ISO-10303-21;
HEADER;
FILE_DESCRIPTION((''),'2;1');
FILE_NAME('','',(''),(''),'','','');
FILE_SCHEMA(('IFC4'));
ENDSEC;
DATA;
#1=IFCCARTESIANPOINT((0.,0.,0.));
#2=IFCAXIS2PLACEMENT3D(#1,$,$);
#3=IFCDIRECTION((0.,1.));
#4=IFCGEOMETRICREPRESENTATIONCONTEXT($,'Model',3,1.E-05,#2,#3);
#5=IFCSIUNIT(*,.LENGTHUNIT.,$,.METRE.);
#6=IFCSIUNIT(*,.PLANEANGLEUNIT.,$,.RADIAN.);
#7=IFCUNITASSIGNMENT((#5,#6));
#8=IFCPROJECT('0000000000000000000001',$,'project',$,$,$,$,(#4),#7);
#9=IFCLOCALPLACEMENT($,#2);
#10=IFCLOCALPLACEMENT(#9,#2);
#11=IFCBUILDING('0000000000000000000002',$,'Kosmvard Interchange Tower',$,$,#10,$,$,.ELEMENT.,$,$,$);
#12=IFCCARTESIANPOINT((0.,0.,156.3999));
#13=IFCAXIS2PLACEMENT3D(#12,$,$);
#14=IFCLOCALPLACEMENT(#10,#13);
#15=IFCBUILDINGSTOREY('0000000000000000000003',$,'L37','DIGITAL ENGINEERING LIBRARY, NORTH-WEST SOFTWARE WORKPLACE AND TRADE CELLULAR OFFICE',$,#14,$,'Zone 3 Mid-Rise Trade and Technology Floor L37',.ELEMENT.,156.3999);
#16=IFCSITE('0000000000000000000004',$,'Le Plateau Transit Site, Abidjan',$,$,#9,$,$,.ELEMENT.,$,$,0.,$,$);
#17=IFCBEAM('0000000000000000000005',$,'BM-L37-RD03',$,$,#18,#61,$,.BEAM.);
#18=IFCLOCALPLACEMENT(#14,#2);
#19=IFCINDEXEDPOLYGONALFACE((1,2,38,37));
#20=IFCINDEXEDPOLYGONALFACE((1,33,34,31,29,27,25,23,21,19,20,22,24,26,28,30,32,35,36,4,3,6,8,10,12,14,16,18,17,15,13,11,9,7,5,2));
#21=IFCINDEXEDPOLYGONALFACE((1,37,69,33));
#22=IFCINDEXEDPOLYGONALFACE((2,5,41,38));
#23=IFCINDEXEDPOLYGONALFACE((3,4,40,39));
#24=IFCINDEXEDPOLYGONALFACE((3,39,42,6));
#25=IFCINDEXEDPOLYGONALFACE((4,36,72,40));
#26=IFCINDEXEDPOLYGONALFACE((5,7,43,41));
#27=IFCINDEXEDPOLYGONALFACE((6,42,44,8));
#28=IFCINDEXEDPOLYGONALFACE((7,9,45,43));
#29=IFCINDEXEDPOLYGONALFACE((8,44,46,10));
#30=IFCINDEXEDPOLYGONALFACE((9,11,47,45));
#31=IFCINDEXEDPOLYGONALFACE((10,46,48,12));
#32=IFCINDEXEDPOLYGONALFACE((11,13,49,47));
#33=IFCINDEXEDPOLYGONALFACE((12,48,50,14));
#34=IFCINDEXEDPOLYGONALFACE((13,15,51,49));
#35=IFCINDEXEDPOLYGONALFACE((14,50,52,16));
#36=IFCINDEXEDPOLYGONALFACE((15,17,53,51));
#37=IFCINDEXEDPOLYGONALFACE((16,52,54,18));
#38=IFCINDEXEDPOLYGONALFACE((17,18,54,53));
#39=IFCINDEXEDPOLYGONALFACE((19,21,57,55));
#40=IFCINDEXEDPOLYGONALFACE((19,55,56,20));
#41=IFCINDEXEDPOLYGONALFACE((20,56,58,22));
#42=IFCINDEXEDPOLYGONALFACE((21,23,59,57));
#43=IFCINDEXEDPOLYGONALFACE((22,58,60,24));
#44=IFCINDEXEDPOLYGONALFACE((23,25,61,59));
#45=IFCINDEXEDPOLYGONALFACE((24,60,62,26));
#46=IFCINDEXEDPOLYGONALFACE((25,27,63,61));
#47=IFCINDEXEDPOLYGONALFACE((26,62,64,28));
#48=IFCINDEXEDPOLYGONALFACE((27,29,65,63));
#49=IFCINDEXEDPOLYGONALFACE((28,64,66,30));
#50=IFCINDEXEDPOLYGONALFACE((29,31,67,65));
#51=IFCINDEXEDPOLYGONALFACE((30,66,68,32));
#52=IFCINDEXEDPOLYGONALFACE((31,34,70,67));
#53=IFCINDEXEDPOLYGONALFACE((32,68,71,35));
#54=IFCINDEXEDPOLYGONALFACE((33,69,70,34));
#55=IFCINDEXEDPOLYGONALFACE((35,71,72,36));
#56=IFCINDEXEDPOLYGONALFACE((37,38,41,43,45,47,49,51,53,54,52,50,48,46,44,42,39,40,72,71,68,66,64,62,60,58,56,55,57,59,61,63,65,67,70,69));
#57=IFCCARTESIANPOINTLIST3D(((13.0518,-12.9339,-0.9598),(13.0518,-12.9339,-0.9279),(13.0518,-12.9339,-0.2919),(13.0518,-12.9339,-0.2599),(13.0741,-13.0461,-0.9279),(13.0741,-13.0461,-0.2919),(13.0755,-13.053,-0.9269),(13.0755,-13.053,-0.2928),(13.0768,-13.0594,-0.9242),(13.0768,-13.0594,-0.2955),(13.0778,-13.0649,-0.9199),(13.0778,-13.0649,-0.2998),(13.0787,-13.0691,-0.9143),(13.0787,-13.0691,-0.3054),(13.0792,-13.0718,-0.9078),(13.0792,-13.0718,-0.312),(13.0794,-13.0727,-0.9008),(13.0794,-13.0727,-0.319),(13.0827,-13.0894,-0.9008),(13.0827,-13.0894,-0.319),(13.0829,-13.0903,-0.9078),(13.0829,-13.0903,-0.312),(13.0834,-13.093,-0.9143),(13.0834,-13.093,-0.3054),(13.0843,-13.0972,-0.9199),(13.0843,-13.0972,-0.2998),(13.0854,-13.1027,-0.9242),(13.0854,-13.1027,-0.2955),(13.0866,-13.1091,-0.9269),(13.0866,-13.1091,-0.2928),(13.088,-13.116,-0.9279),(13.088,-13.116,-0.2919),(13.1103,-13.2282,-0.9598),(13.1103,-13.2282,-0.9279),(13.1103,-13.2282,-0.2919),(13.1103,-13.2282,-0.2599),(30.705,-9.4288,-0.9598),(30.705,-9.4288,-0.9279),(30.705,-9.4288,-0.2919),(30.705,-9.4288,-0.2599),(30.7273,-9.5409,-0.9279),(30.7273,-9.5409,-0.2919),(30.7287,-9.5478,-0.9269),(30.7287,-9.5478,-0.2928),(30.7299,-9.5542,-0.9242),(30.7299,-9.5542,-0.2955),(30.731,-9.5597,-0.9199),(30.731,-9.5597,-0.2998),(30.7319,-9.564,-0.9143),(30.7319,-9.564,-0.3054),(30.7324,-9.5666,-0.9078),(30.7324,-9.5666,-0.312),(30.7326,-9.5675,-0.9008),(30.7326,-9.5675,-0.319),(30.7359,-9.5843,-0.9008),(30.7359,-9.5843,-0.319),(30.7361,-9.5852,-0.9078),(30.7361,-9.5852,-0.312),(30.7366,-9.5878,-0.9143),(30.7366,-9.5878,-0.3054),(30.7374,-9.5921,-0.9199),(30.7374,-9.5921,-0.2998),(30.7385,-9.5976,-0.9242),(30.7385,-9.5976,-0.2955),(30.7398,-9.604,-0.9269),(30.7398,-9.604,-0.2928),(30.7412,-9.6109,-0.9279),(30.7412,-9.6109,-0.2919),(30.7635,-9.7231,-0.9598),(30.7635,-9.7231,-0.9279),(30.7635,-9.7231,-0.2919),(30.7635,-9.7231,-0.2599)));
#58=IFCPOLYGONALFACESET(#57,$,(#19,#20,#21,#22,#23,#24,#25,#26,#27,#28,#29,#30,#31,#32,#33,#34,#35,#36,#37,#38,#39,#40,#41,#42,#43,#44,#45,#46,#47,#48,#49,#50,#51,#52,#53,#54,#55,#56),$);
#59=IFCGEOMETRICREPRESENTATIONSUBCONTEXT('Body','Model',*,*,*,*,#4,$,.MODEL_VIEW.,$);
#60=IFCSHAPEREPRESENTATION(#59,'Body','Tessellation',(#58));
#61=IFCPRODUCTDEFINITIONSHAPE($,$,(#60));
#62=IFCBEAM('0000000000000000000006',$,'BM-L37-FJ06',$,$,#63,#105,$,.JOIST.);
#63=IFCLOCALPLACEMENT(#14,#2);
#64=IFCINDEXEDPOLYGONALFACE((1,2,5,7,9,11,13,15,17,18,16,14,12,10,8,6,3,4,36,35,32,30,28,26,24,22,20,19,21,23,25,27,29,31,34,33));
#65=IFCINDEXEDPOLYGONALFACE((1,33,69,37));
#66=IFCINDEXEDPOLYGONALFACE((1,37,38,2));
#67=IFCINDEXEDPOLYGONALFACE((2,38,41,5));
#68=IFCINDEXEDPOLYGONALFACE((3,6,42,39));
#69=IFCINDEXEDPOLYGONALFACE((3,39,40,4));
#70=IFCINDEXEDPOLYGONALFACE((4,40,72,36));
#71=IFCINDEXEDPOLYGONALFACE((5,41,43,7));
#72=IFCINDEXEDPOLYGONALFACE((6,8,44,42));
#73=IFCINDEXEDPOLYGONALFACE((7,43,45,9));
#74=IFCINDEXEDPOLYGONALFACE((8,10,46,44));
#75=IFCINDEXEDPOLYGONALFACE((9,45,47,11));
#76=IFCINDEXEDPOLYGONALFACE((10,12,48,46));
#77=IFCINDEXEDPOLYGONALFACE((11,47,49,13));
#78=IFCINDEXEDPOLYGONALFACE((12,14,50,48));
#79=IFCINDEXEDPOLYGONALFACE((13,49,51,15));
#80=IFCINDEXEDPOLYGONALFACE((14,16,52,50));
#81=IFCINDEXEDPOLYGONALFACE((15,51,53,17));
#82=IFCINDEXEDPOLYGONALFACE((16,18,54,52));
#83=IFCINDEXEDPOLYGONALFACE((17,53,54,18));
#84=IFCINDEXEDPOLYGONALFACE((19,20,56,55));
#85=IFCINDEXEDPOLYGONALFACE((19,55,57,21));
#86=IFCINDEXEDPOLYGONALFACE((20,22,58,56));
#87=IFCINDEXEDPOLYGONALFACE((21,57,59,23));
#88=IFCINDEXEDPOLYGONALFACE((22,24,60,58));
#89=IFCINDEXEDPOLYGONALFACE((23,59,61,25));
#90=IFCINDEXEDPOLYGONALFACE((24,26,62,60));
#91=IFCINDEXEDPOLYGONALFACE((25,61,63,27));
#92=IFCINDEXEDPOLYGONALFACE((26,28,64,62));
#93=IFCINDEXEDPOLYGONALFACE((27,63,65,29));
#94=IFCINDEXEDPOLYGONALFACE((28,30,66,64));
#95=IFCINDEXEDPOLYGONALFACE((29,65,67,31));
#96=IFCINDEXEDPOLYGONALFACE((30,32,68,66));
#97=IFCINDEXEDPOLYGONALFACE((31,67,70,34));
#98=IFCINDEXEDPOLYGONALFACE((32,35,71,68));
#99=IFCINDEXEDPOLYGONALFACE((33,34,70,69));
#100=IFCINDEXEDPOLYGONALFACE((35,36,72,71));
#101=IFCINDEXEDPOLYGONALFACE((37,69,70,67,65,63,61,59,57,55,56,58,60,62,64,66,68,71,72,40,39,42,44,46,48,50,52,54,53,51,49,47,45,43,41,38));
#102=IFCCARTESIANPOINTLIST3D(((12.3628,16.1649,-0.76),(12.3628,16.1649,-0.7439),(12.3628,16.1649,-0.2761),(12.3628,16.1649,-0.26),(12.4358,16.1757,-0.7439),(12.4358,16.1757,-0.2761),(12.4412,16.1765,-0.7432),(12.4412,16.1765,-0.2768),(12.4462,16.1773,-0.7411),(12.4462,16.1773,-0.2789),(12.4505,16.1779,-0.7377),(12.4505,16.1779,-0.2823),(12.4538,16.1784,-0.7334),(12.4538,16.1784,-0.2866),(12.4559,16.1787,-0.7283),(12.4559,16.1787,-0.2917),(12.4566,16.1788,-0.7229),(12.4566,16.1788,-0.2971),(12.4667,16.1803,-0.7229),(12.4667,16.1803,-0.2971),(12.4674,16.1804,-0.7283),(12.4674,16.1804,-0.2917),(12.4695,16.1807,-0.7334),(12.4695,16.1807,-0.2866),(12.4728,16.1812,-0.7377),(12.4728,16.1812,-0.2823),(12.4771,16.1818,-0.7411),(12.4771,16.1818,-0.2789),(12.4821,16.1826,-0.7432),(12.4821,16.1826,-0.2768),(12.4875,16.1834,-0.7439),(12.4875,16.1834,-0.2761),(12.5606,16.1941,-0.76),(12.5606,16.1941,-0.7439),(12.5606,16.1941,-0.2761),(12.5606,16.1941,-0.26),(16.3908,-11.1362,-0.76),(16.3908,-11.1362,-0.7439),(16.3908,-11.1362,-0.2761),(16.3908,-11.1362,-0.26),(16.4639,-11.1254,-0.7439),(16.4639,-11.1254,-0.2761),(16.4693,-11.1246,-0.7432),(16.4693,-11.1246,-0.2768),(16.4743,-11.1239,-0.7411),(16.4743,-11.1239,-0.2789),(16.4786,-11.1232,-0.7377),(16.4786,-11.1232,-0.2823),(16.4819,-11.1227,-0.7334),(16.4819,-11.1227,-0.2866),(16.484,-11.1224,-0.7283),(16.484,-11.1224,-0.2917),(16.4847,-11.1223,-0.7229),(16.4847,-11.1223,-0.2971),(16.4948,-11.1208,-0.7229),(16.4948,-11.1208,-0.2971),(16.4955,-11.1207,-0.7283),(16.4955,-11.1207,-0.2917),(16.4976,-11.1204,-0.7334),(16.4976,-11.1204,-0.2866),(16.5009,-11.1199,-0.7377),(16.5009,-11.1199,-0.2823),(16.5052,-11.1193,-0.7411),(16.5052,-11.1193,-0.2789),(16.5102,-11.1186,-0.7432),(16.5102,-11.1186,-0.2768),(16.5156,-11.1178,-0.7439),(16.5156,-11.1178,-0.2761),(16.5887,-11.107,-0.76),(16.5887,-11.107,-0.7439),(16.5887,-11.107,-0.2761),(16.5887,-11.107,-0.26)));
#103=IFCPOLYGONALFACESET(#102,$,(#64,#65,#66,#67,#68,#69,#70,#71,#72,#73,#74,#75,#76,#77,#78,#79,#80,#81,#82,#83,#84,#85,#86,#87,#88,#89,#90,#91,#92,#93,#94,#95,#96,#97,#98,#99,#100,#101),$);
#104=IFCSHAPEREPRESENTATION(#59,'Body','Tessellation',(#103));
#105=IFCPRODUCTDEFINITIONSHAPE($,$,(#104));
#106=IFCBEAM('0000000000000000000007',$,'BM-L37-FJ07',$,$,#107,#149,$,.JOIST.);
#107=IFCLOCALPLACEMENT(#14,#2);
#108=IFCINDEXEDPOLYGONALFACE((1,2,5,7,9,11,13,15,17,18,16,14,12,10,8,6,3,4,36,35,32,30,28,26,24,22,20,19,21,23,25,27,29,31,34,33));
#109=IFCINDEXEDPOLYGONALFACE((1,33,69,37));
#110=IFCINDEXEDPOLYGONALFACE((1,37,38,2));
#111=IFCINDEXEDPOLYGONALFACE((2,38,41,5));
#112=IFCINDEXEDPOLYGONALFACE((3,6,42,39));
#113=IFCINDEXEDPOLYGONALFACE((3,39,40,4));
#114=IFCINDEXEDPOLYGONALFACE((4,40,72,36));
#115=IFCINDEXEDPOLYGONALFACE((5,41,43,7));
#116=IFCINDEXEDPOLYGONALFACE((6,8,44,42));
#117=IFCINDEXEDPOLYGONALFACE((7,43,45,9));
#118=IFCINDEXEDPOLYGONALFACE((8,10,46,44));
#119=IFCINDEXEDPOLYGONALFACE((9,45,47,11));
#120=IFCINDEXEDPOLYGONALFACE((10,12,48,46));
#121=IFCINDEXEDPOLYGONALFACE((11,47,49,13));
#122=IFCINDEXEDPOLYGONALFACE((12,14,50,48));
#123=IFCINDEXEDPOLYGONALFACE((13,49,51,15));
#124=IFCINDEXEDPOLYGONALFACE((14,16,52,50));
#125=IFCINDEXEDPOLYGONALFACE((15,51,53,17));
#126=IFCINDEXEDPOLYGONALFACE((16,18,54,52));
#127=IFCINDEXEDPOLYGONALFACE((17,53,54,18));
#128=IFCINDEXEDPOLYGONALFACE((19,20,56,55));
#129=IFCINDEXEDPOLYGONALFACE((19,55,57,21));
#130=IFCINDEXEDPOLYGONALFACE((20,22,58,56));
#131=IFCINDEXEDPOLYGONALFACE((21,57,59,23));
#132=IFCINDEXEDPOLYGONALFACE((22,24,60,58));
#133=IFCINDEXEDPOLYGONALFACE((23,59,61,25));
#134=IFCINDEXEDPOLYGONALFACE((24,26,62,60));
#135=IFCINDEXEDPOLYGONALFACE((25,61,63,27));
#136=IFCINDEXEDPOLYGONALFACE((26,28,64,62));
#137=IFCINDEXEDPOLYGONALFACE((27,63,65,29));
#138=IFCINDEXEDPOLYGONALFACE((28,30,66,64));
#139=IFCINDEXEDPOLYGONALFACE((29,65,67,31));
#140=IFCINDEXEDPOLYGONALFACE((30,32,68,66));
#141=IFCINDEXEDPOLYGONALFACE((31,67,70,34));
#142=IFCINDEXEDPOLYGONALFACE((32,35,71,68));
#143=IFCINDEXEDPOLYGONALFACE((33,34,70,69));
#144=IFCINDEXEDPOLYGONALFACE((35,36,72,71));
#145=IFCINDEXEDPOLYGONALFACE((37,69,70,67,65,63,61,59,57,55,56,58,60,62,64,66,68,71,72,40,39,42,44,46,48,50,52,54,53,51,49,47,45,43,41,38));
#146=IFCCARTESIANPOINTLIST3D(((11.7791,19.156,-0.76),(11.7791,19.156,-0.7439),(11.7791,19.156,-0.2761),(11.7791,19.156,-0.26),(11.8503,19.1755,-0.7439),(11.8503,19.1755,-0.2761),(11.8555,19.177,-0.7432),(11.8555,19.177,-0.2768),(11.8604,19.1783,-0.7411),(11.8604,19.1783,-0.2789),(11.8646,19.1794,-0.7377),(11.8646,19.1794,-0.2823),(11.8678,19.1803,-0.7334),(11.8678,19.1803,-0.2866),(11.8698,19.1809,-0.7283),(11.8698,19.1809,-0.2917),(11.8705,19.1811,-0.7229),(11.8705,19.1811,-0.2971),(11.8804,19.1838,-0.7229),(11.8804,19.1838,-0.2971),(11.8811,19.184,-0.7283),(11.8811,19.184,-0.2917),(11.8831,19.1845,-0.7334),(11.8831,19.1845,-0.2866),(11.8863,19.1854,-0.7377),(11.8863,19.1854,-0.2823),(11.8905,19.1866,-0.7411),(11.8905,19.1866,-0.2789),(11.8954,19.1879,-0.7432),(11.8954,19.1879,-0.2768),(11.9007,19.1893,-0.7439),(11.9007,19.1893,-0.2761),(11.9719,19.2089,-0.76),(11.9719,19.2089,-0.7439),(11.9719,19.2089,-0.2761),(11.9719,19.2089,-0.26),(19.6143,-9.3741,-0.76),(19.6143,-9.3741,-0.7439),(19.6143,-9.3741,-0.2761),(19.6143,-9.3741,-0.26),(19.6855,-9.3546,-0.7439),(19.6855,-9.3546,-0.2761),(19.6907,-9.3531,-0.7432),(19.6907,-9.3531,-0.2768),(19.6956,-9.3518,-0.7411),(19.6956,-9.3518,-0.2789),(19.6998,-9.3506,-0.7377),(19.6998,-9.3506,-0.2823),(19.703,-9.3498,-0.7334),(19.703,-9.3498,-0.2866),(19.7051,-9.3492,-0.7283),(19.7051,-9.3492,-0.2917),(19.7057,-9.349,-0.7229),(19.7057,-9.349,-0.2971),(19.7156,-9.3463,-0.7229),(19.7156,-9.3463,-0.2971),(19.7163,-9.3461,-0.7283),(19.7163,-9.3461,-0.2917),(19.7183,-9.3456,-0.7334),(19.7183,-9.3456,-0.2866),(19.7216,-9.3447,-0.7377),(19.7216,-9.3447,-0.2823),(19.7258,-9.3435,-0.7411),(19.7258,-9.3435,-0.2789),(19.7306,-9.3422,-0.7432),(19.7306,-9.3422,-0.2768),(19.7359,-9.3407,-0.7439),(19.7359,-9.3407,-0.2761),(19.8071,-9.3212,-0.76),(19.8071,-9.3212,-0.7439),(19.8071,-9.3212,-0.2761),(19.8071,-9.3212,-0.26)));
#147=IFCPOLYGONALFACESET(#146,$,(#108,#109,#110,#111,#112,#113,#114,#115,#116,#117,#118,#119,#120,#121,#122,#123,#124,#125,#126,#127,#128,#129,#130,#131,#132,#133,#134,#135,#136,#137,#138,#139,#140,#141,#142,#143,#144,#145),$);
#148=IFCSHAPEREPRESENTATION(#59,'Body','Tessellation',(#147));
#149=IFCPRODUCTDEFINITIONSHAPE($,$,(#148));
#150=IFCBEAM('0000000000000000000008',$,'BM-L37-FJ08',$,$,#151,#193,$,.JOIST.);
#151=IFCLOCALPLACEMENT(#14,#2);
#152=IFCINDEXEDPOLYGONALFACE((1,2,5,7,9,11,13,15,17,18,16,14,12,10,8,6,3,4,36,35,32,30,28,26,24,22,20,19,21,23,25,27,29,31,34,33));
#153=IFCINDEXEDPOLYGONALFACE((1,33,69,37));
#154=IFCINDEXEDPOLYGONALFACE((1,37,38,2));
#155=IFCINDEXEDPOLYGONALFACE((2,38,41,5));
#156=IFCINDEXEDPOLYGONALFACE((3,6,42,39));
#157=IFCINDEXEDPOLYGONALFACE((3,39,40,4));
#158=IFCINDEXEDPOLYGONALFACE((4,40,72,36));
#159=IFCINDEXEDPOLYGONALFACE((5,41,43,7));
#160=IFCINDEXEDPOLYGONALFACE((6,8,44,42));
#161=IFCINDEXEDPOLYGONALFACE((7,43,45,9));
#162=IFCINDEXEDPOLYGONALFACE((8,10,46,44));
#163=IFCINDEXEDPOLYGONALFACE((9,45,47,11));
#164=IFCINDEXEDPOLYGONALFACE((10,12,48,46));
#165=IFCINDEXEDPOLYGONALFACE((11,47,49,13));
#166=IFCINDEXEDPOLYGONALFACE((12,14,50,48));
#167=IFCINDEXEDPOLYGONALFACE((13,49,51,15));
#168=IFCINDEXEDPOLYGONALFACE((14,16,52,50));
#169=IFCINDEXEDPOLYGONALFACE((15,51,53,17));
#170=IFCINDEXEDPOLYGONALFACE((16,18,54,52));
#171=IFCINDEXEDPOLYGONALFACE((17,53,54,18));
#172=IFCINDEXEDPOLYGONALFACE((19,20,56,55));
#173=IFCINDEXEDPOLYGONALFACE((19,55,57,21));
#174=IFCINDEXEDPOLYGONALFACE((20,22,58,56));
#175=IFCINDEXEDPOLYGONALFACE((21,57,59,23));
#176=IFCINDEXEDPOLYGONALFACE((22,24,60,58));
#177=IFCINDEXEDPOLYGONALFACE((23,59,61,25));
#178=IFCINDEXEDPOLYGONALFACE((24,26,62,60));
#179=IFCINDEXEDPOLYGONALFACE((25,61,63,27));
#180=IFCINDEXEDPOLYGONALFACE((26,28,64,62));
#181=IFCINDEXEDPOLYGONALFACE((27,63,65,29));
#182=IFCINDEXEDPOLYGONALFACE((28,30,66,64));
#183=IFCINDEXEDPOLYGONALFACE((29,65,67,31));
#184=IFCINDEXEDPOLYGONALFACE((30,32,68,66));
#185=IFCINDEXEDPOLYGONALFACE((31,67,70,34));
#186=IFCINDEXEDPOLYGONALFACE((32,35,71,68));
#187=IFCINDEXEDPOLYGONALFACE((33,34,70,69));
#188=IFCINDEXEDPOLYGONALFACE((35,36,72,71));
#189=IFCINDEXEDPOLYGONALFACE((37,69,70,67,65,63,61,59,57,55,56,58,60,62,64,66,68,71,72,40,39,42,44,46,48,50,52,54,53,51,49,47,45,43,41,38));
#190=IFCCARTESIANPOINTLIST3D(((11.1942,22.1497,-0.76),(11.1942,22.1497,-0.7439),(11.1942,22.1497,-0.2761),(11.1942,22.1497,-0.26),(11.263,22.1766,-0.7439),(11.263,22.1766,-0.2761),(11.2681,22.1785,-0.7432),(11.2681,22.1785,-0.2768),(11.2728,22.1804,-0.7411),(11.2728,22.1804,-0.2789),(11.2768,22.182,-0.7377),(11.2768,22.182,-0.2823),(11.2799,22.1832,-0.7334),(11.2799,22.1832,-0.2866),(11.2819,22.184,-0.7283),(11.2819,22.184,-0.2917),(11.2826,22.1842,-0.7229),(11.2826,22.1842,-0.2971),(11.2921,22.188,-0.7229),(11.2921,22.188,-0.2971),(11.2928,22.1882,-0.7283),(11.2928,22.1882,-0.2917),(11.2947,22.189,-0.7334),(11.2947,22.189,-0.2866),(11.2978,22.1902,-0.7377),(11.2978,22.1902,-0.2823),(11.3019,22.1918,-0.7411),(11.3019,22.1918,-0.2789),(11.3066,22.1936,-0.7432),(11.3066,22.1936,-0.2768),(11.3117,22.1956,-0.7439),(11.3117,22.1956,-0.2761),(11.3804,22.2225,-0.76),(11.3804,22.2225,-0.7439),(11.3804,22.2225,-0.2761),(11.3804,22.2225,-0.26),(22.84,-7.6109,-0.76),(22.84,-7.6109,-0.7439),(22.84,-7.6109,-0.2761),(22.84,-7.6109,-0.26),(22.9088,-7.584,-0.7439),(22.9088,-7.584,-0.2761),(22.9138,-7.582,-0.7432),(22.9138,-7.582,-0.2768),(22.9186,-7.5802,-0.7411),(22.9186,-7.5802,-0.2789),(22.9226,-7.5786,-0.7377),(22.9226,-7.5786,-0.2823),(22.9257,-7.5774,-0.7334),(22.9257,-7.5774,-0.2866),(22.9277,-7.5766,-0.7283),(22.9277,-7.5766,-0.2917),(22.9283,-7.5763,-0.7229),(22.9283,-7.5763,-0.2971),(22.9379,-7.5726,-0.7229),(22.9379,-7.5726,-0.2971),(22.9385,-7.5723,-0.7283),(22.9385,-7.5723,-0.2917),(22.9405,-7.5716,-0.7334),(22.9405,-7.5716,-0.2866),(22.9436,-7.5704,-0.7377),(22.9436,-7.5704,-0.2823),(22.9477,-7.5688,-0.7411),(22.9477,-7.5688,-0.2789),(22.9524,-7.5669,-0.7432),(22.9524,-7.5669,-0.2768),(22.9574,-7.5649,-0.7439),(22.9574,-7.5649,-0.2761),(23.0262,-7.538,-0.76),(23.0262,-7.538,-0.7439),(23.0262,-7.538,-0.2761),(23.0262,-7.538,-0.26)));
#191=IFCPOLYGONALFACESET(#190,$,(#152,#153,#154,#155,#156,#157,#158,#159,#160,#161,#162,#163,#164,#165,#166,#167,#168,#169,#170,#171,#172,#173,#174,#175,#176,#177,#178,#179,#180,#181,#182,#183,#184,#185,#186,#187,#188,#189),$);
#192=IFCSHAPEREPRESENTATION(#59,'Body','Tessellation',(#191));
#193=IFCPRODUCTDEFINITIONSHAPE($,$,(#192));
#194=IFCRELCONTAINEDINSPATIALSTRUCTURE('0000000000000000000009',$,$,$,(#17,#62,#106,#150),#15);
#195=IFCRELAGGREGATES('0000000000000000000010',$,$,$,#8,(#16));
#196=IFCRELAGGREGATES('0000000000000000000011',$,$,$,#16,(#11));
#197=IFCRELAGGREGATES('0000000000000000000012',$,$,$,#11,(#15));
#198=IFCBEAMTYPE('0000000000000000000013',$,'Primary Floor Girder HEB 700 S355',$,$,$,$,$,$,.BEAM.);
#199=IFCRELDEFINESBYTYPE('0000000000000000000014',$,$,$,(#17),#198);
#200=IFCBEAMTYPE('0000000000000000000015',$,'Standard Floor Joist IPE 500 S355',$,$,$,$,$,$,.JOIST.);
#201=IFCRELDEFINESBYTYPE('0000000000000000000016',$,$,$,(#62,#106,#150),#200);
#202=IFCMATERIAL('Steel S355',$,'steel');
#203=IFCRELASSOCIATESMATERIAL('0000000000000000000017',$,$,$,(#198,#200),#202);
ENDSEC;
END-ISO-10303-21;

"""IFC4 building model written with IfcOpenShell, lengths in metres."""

from ifc_helpers import new_model, si_unit, direction, frame, origin, origin_2d, place, context, subcontext, project, spatial, i_section, extrude, source, transform, mapped, material, material_profile, profile_set, type_object, element, save


model = new_model("IFC4")

# Units and contexts
model_context = context("Model", 3, precision=1e-05, world=origin(), true_north=direction((0.0, 1.0)))
body_context = subcontext(model_context, "Body", "Model", "MODEL_VIEW")
ifc_project = project(units=[si_unit("LENGTHUNIT", "METRE"), si_unit("PLANEANGLEUNIT", "RADIAN")], contexts=[model_context])

# Site, building, storey
site_placement = place(None, origin())
site = spatial("IfcSite", under=ifc_project, at=site_placement, Name="Le Plateau Transit Site, Abidjan", CompositionType="ELEMENT", RefElevation=0.0)
building_placement = place(site_placement, origin())
building = spatial("IfcBuilding", under=site, at=building_placement, Name="Kosmvard Interchange Tower", CompositionType="ELEMENT")
storey_placement = place(building_placement, frame((0.0, 0.0, 156.3999)))
storey = spatial("IfcBuildingStorey", under=building, at=storey_placement, Name="L37", Description="DIGITAL ENGINEERING LIBRARY, NORTH-WEST SOFTWARE WORKPLACE AND TRADE CELLULAR OFFICE", LongName="Zone 3 Mid-Rise Trade and Technology Floor L37", CompositionType="ELEMENT", Elevation=156.3999)

# Beams
ifc_material_1 = material(Name="Steel S355", Category="steel")
ifc_material_profile_1 = material_profile(ifc_material_1, i_section(OverallWidth=0.3, OverallDepth=0.7, WebThickness=0.0171, FlangeThickness=0.032, FilletRadius=0.0271, at=origin_2d()), Name="HEB 700")
ifc_profile_set_1 = profile_set([ifc_material_profile_1], Name="Steel S355")
beam_type_1 = type_object("IfcBeamType", Name="Primary Floor Girder HEB 700 S355", PredefinedType="BEAM", material=ifc_profile_set_1)
shared_shape_1 = source(origin(), body_context, "Body", "SweptSolid", [
    extrude(i_section(OverallWidth=0.3, OverallDepth=0.7, WebThickness=0.0171, FlangeThickness=0.032, FilletRadius=0.0271, at=origin_2d()), origin(), (0.0, 0.0, 1.0), 17.9978),
])
beam_1_placement = place(storey_placement, frame((13.0811, -13.0811, -0.6099), z_axis=(0.980852, 0.194754, 0.0), x_axis=(-0.194754, 0.980852, 0.0)))
element("IfcBeam", 1, at=beam_1_placement, inside=storey, type_object=beam_type_1, Name="BM-L37-RD03", PredefinedType="BEAM", context=body_context, shape_type="MappedRepresentation", body=[
    mapped(shared_shape_1, transform((0.0, 0.0, 0.0), scale=1.0)),
])
ifc_material_profile_2 = material_profile(ifc_material_1, i_section(OverallWidth=0.2, OverallDepth=0.5, WebThickness=0.0103, FlangeThickness=0.0161, FilletRadius=0.021, at=origin_2d()), Name="IPE 500")
ifc_profile_set_2 = profile_set([ifc_material_profile_2], Name="Steel S355")
beam_type_2 = type_object("IfcBeamType", Name="Standard Floor Joist IPE 500 S355", PredefinedType="JOIST", material=ifc_profile_set_2)
shared_shape_2 = source(origin(), body_context, "Body", "SweptSolid", [
    extrude(i_section(OverallWidth=0.2, OverallDepth=0.5, WebThickness=0.0103, FlangeThickness=0.0161, FilletRadius=0.021, at=origin_2d()), origin(), (0.0, 0.0, 1.0), 27.5967),
])
beam_2_placement = place(storey_placement, frame((16.4897, -11.1216, -0.51), z_axis=(-0.145963, 0.98929, 0.0), x_axis=(-0.98929, -0.145963, 0.0)))
element("IfcBeam", 2, at=beam_2_placement, inside=storey, type_object=beam_type_2, Name="BM-L37-FJ06", PredefinedType="JOIST", context=body_context, shape_type="MappedRepresentation", body=[
    mapped(shared_shape_2, transform((0.0, 0.0, 0.0), scale=1.0)),
])
shared_shape_3 = source(origin(), body_context, "Body", "SweptSolid", [
    extrude(i_section(OverallWidth=0.2, OverallDepth=0.5, WebThickness=0.0103, FlangeThickness=0.0161, FilletRadius=0.021, at=origin_2d()), origin(), (0.0, 0.0, 1.0), 29.5864),
])
beam_3_placement = place(storey_placement, frame((19.7107, -9.3477, -0.51), z_axis=(-0.264825, 0.964297, 0.0), x_axis=(-0.964297, -0.264825, 0.0)))
element("IfcBeam", 3, at=beam_3_placement, inside=storey, type_object=beam_type_2, Name="BM-L37-FJ07", PredefinedType="JOIST", context=body_context, shape_type="MappedRepresentation", body=[
    mapped(shared_shape_3, transform((0.0, 0.0, 0.0), scale=1.0)),
])
shared_shape_4 = source(origin(), body_context, "Body", "SweptSolid", [
    extrude(i_section(OverallWidth=0.2, OverallDepth=0.5, WebThickness=0.0103, FlangeThickness=0.0161, FilletRadius=0.021, at=origin_2d()), origin(), (0.0, 0.0, 1.0), 31.958),
])
beam_4_placement = place(storey_placement, frame((22.9331, -7.5745, -0.51), z_axis=(-0.364409, 0.931239, 0.0), x_axis=(-0.931239, -0.364409, 0.0)))
element("IfcBeam", 4, at=beam_4_placement, inside=storey, type_object=beam_type_2, Name="BM-L37-FJ08", PredefinedType="JOIST", context=body_context, shape_type="MappedRepresentation", body=[
    mapped(shared_shape_4, transform((0.0, 0.0, 0.0), scale=1.0)),
])

save(model, "model.ifc")
